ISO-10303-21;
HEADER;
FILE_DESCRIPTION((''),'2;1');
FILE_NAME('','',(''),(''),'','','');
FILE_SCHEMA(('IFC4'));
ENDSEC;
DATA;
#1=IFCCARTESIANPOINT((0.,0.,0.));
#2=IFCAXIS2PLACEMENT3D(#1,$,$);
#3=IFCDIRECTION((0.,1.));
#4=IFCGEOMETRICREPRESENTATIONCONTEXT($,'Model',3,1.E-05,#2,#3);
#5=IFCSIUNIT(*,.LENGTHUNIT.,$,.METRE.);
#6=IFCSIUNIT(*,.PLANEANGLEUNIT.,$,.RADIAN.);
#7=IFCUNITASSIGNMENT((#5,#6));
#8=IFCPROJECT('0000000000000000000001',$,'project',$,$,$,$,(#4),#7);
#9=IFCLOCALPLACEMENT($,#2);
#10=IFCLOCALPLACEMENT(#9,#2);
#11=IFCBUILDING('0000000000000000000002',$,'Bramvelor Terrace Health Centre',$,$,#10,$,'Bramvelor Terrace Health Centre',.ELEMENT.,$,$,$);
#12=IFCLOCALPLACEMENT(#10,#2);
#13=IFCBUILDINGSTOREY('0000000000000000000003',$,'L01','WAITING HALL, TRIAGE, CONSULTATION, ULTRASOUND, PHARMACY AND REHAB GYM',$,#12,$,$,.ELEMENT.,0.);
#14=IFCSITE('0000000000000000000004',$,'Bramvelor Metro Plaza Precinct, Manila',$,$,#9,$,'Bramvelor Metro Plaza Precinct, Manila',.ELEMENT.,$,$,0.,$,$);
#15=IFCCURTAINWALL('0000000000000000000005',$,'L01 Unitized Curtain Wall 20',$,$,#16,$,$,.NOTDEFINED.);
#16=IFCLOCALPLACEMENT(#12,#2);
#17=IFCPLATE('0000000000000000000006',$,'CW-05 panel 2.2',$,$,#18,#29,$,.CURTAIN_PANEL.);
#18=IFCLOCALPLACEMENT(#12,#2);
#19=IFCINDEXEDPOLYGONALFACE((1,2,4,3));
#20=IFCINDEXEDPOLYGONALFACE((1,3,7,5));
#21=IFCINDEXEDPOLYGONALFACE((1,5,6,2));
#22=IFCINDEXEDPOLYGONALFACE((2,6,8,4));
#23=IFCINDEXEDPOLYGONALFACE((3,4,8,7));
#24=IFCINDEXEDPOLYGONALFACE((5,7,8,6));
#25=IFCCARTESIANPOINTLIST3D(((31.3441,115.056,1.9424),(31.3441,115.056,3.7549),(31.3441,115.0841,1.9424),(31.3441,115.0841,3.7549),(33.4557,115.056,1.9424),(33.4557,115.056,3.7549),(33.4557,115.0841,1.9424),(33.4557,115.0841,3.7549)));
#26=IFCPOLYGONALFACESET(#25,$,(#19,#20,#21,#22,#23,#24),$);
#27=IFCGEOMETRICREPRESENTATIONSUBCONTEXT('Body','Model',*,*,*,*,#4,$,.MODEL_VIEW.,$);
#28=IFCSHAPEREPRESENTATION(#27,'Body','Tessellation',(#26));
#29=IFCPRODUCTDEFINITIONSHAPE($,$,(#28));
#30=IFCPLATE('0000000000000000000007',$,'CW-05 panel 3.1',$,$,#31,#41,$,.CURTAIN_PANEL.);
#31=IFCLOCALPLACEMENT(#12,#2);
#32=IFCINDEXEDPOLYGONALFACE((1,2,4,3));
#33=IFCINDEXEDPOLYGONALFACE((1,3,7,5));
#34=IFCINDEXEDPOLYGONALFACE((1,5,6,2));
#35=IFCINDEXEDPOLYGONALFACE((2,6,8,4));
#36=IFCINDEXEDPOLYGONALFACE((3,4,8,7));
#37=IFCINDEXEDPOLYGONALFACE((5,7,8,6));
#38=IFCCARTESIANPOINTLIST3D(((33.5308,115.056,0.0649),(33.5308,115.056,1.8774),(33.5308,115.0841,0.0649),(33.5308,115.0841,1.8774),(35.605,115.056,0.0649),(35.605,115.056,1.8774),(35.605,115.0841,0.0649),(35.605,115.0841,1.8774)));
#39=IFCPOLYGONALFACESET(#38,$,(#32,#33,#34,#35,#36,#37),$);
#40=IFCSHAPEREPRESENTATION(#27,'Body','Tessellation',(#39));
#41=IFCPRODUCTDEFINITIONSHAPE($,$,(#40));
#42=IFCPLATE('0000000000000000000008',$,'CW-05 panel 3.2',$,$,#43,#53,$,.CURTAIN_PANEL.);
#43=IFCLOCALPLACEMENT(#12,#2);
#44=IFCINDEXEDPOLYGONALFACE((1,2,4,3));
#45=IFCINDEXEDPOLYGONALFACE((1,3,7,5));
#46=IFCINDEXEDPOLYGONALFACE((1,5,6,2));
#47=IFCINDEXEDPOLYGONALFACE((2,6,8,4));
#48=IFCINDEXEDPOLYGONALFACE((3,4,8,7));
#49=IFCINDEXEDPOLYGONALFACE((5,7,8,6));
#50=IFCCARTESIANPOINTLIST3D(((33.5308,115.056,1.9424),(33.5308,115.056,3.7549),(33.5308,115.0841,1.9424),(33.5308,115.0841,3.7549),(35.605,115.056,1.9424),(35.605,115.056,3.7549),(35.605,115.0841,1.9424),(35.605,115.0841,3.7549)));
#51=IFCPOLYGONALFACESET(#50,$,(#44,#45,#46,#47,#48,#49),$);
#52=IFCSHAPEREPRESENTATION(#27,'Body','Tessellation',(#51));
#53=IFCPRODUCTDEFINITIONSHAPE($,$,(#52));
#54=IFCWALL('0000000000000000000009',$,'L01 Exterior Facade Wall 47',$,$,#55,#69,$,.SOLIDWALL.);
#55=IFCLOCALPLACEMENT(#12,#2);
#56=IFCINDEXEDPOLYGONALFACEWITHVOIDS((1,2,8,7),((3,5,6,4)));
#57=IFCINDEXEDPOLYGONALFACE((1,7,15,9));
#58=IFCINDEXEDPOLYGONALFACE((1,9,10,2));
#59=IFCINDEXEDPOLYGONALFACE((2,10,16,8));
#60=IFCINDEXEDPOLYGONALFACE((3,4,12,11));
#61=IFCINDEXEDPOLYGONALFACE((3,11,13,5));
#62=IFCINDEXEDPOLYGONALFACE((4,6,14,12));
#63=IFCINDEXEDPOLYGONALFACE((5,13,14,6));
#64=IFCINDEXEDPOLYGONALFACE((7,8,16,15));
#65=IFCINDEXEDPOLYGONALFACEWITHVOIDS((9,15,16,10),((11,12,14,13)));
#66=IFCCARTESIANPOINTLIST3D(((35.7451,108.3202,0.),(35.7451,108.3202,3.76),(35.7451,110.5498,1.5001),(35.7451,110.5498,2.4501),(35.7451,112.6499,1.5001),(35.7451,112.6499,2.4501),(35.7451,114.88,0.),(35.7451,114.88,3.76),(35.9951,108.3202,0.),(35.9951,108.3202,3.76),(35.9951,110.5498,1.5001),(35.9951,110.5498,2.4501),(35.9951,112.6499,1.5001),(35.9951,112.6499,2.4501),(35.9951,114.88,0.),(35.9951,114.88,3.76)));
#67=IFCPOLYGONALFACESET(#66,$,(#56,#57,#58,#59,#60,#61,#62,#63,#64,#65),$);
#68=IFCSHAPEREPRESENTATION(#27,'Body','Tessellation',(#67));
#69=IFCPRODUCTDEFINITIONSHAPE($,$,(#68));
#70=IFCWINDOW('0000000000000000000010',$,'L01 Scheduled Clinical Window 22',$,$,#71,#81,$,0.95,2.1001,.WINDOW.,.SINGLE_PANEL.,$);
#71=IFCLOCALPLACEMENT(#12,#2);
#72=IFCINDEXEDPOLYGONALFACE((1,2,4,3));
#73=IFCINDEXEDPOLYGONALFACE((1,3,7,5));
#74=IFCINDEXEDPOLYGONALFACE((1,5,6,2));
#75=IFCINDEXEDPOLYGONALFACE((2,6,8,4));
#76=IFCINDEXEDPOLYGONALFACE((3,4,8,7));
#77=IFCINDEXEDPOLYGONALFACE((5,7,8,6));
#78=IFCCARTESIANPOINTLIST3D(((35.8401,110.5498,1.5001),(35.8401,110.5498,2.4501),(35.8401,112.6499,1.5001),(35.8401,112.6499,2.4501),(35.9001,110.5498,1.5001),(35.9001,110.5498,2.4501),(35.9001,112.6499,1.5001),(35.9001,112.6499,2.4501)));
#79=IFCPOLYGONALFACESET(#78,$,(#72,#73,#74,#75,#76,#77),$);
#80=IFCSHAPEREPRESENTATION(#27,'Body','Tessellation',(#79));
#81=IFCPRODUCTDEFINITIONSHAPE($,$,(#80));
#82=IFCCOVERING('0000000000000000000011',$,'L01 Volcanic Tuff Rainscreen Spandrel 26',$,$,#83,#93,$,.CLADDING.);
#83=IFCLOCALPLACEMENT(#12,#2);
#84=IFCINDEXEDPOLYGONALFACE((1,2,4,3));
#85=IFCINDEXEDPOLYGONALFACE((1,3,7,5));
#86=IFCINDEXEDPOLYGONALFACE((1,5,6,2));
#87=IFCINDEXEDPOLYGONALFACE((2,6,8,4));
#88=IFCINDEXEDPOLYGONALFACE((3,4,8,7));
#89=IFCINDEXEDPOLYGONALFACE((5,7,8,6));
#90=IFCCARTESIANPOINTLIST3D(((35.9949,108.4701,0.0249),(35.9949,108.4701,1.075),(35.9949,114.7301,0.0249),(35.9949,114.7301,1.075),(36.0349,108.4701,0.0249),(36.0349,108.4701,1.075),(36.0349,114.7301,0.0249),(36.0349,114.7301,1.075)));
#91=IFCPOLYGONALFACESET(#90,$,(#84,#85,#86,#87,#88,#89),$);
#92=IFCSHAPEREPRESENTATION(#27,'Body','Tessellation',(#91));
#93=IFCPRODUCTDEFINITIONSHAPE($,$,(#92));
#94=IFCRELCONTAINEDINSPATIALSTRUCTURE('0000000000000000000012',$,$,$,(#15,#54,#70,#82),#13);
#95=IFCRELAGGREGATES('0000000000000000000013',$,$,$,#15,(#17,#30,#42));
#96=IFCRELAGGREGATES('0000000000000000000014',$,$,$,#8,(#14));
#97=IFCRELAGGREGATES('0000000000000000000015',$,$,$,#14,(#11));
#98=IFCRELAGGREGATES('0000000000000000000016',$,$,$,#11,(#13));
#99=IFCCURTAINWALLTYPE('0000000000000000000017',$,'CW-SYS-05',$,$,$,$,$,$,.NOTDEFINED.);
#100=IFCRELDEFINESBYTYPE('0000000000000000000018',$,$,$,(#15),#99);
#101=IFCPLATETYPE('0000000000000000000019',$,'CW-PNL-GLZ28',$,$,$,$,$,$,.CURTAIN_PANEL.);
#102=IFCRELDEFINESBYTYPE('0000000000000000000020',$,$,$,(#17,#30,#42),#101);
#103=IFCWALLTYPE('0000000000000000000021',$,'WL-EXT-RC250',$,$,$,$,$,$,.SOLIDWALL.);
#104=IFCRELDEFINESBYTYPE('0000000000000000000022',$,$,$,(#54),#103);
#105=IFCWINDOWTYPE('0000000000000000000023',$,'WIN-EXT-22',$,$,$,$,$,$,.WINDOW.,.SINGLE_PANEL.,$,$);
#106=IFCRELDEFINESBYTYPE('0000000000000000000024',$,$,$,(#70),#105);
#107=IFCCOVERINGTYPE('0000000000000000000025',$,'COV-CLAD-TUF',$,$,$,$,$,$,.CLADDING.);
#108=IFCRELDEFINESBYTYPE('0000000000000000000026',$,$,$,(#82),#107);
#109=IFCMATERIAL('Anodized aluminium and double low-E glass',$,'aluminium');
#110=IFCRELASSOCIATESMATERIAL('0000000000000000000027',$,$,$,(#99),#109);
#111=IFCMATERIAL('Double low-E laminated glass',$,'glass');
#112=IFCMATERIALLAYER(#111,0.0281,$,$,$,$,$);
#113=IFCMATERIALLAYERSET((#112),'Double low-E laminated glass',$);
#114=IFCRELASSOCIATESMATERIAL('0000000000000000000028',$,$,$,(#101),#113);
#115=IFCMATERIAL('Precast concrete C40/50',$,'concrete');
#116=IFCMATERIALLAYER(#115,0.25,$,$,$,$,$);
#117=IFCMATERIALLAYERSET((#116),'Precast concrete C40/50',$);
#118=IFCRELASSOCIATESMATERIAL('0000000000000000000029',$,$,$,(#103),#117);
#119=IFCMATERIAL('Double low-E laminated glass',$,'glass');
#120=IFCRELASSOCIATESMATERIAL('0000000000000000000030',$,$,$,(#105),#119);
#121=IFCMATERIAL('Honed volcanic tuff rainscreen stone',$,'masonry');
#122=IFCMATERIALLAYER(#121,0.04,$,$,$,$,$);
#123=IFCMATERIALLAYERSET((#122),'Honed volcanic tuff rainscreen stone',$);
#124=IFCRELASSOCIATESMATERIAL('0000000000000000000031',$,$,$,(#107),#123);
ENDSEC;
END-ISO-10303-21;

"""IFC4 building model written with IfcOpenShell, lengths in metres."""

from ifc_helpers import new_model, si_unit, direction, frame, frame_2d, origin, origin_2d, place, context, subcontext, project, spatial, rectangle, extrude, material, layer, layer_set, type_object, element, fill, aggregate, save


model = new_model("IFC4")

# Units and contexts
model_context = context("Model", 3, precision=1e-05, world=origin(), true_north=direction((0.0, 1.0)))
body_context = subcontext(model_context, "Body", "Model", "MODEL_VIEW")
ifc_project = project(units=[si_unit("LENGTHUNIT", "METRE"), si_unit("PLANEANGLEUNIT", "RADIAN")], contexts=[model_context])

# Site, building, storey
site_placement = place(None, origin())
site = spatial("IfcSite", under=ifc_project, at=site_placement, Name="Bramvelor Metro Plaza Precinct, Manila", LongName="Bramvelor Metro Plaza Precinct, Manila", CompositionType="ELEMENT", RefElevation=0.0)
building_placement = place(site_placement, origin())
building = spatial("IfcBuilding", under=site, at=building_placement, Name="Bramvelor Terrace Health Centre", LongName="Bramvelor Terrace Health Centre", CompositionType="ELEMENT")
storey_placement = place(building_placement, origin())
storey = spatial("IfcBuildingStorey", under=building, at=storey_placement, Name="L01", Description="WAITING HALL, TRIAGE, CONSULTATION, ULTRASOUND, PHARMACY AND REHAB GYM", CompositionType="ELEMENT", Elevation=0.0)

# Curtain wall
ifc_material_1 = material(Name="Anodized aluminium and double low-E glass", Category="aluminium")
curtain_wall_type_1 = type_object("IfcCurtainWallType", Name="CW-SYS-05", PredefinedType="NOTDEFINED", material=ifc_material_1)
curtain_wall_1_placement = place(storey_placement, origin())
curtain_wall_1 = element("IfcCurtainWall", 1, at=curtain_wall_1_placement, inside=storey, type_object=curtain_wall_type_1, Name="L01 Unitized Curtain Wall 20", PredefinedType="NOTDEFINED")

# Plates
ifc_material_2 = material(Name="Double low-E laminated glass", Category="glass")
ifc_layer_1 = layer(ifc_material_2, 0.0281)
ifc_layer_set_1 = layer_set([ifc_layer_1], Name="Double low-E laminated glass")
plate_type = type_object("IfcPlateType", Name="CW-PNL-GLZ28", PredefinedType="CURTAIN_PANEL", material=ifc_layer_set_1)
plate_1_placement = place(storey_placement, frame((32.3999, 115.0701, 1.9424), z_axis=(0.0, 0.0, 1.0), x_axis=(1.0, 0.0, 0.0)))
plate_1 = element("IfcPlate", 2, at=plate_1_placement, type_object=plate_type, Name="CW-05 panel 2.2", PredefinedType="CURTAIN_PANEL", context=body_context, shape_type="SweptSolid", body=[
    extrude(rectangle(XDim=2.1116, YDim=0.0281, at=origin_2d()), origin(), (0.0, 0.0, 1.0), 1.8125),
])
plate_2_placement = place(storey_placement, frame((34.5679, 115.0701, 0.0649), z_axis=(0.0, 0.0, 1.0), x_axis=(1.0, 0.0, 0.0)))
plate_2 = element("IfcPlate", 3, at=plate_2_placement, type_object=plate_type, Name="CW-05 panel 3.1", PredefinedType="CURTAIN_PANEL", context=body_context, shape_type="SweptSolid", body=[
    extrude(rectangle(XDim=2.0742, YDim=0.0281, at=origin_2d()), origin(), (0.0, 0.0, 1.0), 1.8125),
])
plate_3_placement = place(storey_placement, frame((34.5679, 115.0701, 1.9424), z_axis=(0.0, 0.0, 1.0), x_axis=(1.0, 0.0, 0.0)))
plate_3 = element("IfcPlate", 4, at=plate_3_placement, type_object=plate_type, Name="CW-05 panel 3.2", PredefinedType="CURTAIN_PANEL", context=body_context, shape_type="SweptSolid", body=[
    extrude(rectangle(XDim=2.0742, YDim=0.0281, at=origin_2d()), origin(), (0.0, 0.0, 1.0), 1.8125),
])
aggregate(curtain_wall_1, [plate_1, plate_2, plate_3])

# Wall, opening, window
ifc_material_3 = material(Name="Precast concrete C40/50", Category="concrete")
ifc_layer_2 = layer(ifc_material_3, 0.25)
ifc_layer_set_2 = layer_set([ifc_layer_2], Name="Precast concrete C40/50")
wall_type = type_object("IfcWallType", Name="WL-EXT-RC250", PredefinedType="SOLIDWALL", material=ifc_layer_set_2)
wall_placement = place(storey_placement, frame((35.8701, 114.8799, 0.0), z_axis=(0.0, 0.0, 1.0), x_axis=(0.0, -1.0, 0.0)))
wall = element("IfcWall", 5, at=wall_placement, inside=storey, type_object=wall_type, Name="L01 Exterior Facade Wall 47", PredefinedType="SOLIDWALL", context=body_context, shape_type="SweptSolid", body=[
    extrude(rectangle(XDim=6.5598, YDim=0.25, at=frame_2d((3.2798, 0.0))), origin(), (0.0, 0.0, 1.0), 3.76),
])
opening_placement = place(wall_placement, frame((2.23, 0.0, 1.5)))
opening = element("IfcOpeningElement", 6, at=opening_placement, cuts=wall, PredefinedType="OPENING", context=body_context, shape_type="SweptSolid", body=[
    extrude(rectangle(XDim=2.1001, YDim=0.95, at=frame_2d((1.05, 0.4751))), frame((0.0, 0.135, 0.0), z_axis=(0.0, -1.0, 0.0), x_axis=(1.0, 0.0, 0.0)), (0.0, 0.0, 1.0), 0.27),
])
ifc_material_4 = material(Name="Double low-E laminated glass", Category="glass")
window_type = type_object("IfcWindowType", Name="WIN-EXT-22", PartitioningType="SINGLE_PANEL", PredefinedType="WINDOW", material=ifc_material_4)
window_placement = place(opening_placement, origin())
window = element("IfcWindow", 7, at=window_placement, inside=storey, type_object=window_type, Name="L01 Scheduled Clinical Window 22", OverallHeight=0.95, OverallWidth=2.1001, PartitioningType="SINGLE_PANEL", PredefinedType="WINDOW", context=body_context, shape_type="SweptSolid", body=[
    extrude(rectangle(XDim=2.1001, YDim=0.95, at=frame_2d((1.05, 0.4751))), frame((0.0, 0.03, 0.0), z_axis=(0.0, -1.0, 0.0), x_axis=(1.0, 0.0, 0.0)), (0.0, 0.0, 1.0), 0.0601),
])
fill(opening, window)

# Covering
ifc_material_5 = material(Name="Honed volcanic tuff rainscreen stone", Category="masonry")
ifc_layer_3 = layer(ifc_material_5, 0.04)
ifc_layer_set_3 = layer_set([ifc_layer_3], Name="Honed volcanic tuff rainscreen stone")
covering_type = type_object("IfcCoveringType", Name="COV-CLAD-TUF", PredefinedType="CLADDING", material=ifc_layer_set_3)
covering_placement = place(storey_placement, frame((36.0149, 111.6001, 0.0249), z_axis=(0.0, 0.0, 1.0), x_axis=(1.0, 0.0, 0.0)))
element("IfcCovering", 8, at=covering_placement, inside=storey, type_object=covering_type, Name="L01 Volcanic Tuff Rainscreen Spandrel 26", PredefinedType="CLADDING", context=body_context, shape_type="SweptSolid", body=[
    extrude(rectangle(XDim=0.04, YDim=6.26, at=origin_2d()), origin(), (0.0, 0.0, 1.0), 1.05),
])

save(model, "model.ifc")
